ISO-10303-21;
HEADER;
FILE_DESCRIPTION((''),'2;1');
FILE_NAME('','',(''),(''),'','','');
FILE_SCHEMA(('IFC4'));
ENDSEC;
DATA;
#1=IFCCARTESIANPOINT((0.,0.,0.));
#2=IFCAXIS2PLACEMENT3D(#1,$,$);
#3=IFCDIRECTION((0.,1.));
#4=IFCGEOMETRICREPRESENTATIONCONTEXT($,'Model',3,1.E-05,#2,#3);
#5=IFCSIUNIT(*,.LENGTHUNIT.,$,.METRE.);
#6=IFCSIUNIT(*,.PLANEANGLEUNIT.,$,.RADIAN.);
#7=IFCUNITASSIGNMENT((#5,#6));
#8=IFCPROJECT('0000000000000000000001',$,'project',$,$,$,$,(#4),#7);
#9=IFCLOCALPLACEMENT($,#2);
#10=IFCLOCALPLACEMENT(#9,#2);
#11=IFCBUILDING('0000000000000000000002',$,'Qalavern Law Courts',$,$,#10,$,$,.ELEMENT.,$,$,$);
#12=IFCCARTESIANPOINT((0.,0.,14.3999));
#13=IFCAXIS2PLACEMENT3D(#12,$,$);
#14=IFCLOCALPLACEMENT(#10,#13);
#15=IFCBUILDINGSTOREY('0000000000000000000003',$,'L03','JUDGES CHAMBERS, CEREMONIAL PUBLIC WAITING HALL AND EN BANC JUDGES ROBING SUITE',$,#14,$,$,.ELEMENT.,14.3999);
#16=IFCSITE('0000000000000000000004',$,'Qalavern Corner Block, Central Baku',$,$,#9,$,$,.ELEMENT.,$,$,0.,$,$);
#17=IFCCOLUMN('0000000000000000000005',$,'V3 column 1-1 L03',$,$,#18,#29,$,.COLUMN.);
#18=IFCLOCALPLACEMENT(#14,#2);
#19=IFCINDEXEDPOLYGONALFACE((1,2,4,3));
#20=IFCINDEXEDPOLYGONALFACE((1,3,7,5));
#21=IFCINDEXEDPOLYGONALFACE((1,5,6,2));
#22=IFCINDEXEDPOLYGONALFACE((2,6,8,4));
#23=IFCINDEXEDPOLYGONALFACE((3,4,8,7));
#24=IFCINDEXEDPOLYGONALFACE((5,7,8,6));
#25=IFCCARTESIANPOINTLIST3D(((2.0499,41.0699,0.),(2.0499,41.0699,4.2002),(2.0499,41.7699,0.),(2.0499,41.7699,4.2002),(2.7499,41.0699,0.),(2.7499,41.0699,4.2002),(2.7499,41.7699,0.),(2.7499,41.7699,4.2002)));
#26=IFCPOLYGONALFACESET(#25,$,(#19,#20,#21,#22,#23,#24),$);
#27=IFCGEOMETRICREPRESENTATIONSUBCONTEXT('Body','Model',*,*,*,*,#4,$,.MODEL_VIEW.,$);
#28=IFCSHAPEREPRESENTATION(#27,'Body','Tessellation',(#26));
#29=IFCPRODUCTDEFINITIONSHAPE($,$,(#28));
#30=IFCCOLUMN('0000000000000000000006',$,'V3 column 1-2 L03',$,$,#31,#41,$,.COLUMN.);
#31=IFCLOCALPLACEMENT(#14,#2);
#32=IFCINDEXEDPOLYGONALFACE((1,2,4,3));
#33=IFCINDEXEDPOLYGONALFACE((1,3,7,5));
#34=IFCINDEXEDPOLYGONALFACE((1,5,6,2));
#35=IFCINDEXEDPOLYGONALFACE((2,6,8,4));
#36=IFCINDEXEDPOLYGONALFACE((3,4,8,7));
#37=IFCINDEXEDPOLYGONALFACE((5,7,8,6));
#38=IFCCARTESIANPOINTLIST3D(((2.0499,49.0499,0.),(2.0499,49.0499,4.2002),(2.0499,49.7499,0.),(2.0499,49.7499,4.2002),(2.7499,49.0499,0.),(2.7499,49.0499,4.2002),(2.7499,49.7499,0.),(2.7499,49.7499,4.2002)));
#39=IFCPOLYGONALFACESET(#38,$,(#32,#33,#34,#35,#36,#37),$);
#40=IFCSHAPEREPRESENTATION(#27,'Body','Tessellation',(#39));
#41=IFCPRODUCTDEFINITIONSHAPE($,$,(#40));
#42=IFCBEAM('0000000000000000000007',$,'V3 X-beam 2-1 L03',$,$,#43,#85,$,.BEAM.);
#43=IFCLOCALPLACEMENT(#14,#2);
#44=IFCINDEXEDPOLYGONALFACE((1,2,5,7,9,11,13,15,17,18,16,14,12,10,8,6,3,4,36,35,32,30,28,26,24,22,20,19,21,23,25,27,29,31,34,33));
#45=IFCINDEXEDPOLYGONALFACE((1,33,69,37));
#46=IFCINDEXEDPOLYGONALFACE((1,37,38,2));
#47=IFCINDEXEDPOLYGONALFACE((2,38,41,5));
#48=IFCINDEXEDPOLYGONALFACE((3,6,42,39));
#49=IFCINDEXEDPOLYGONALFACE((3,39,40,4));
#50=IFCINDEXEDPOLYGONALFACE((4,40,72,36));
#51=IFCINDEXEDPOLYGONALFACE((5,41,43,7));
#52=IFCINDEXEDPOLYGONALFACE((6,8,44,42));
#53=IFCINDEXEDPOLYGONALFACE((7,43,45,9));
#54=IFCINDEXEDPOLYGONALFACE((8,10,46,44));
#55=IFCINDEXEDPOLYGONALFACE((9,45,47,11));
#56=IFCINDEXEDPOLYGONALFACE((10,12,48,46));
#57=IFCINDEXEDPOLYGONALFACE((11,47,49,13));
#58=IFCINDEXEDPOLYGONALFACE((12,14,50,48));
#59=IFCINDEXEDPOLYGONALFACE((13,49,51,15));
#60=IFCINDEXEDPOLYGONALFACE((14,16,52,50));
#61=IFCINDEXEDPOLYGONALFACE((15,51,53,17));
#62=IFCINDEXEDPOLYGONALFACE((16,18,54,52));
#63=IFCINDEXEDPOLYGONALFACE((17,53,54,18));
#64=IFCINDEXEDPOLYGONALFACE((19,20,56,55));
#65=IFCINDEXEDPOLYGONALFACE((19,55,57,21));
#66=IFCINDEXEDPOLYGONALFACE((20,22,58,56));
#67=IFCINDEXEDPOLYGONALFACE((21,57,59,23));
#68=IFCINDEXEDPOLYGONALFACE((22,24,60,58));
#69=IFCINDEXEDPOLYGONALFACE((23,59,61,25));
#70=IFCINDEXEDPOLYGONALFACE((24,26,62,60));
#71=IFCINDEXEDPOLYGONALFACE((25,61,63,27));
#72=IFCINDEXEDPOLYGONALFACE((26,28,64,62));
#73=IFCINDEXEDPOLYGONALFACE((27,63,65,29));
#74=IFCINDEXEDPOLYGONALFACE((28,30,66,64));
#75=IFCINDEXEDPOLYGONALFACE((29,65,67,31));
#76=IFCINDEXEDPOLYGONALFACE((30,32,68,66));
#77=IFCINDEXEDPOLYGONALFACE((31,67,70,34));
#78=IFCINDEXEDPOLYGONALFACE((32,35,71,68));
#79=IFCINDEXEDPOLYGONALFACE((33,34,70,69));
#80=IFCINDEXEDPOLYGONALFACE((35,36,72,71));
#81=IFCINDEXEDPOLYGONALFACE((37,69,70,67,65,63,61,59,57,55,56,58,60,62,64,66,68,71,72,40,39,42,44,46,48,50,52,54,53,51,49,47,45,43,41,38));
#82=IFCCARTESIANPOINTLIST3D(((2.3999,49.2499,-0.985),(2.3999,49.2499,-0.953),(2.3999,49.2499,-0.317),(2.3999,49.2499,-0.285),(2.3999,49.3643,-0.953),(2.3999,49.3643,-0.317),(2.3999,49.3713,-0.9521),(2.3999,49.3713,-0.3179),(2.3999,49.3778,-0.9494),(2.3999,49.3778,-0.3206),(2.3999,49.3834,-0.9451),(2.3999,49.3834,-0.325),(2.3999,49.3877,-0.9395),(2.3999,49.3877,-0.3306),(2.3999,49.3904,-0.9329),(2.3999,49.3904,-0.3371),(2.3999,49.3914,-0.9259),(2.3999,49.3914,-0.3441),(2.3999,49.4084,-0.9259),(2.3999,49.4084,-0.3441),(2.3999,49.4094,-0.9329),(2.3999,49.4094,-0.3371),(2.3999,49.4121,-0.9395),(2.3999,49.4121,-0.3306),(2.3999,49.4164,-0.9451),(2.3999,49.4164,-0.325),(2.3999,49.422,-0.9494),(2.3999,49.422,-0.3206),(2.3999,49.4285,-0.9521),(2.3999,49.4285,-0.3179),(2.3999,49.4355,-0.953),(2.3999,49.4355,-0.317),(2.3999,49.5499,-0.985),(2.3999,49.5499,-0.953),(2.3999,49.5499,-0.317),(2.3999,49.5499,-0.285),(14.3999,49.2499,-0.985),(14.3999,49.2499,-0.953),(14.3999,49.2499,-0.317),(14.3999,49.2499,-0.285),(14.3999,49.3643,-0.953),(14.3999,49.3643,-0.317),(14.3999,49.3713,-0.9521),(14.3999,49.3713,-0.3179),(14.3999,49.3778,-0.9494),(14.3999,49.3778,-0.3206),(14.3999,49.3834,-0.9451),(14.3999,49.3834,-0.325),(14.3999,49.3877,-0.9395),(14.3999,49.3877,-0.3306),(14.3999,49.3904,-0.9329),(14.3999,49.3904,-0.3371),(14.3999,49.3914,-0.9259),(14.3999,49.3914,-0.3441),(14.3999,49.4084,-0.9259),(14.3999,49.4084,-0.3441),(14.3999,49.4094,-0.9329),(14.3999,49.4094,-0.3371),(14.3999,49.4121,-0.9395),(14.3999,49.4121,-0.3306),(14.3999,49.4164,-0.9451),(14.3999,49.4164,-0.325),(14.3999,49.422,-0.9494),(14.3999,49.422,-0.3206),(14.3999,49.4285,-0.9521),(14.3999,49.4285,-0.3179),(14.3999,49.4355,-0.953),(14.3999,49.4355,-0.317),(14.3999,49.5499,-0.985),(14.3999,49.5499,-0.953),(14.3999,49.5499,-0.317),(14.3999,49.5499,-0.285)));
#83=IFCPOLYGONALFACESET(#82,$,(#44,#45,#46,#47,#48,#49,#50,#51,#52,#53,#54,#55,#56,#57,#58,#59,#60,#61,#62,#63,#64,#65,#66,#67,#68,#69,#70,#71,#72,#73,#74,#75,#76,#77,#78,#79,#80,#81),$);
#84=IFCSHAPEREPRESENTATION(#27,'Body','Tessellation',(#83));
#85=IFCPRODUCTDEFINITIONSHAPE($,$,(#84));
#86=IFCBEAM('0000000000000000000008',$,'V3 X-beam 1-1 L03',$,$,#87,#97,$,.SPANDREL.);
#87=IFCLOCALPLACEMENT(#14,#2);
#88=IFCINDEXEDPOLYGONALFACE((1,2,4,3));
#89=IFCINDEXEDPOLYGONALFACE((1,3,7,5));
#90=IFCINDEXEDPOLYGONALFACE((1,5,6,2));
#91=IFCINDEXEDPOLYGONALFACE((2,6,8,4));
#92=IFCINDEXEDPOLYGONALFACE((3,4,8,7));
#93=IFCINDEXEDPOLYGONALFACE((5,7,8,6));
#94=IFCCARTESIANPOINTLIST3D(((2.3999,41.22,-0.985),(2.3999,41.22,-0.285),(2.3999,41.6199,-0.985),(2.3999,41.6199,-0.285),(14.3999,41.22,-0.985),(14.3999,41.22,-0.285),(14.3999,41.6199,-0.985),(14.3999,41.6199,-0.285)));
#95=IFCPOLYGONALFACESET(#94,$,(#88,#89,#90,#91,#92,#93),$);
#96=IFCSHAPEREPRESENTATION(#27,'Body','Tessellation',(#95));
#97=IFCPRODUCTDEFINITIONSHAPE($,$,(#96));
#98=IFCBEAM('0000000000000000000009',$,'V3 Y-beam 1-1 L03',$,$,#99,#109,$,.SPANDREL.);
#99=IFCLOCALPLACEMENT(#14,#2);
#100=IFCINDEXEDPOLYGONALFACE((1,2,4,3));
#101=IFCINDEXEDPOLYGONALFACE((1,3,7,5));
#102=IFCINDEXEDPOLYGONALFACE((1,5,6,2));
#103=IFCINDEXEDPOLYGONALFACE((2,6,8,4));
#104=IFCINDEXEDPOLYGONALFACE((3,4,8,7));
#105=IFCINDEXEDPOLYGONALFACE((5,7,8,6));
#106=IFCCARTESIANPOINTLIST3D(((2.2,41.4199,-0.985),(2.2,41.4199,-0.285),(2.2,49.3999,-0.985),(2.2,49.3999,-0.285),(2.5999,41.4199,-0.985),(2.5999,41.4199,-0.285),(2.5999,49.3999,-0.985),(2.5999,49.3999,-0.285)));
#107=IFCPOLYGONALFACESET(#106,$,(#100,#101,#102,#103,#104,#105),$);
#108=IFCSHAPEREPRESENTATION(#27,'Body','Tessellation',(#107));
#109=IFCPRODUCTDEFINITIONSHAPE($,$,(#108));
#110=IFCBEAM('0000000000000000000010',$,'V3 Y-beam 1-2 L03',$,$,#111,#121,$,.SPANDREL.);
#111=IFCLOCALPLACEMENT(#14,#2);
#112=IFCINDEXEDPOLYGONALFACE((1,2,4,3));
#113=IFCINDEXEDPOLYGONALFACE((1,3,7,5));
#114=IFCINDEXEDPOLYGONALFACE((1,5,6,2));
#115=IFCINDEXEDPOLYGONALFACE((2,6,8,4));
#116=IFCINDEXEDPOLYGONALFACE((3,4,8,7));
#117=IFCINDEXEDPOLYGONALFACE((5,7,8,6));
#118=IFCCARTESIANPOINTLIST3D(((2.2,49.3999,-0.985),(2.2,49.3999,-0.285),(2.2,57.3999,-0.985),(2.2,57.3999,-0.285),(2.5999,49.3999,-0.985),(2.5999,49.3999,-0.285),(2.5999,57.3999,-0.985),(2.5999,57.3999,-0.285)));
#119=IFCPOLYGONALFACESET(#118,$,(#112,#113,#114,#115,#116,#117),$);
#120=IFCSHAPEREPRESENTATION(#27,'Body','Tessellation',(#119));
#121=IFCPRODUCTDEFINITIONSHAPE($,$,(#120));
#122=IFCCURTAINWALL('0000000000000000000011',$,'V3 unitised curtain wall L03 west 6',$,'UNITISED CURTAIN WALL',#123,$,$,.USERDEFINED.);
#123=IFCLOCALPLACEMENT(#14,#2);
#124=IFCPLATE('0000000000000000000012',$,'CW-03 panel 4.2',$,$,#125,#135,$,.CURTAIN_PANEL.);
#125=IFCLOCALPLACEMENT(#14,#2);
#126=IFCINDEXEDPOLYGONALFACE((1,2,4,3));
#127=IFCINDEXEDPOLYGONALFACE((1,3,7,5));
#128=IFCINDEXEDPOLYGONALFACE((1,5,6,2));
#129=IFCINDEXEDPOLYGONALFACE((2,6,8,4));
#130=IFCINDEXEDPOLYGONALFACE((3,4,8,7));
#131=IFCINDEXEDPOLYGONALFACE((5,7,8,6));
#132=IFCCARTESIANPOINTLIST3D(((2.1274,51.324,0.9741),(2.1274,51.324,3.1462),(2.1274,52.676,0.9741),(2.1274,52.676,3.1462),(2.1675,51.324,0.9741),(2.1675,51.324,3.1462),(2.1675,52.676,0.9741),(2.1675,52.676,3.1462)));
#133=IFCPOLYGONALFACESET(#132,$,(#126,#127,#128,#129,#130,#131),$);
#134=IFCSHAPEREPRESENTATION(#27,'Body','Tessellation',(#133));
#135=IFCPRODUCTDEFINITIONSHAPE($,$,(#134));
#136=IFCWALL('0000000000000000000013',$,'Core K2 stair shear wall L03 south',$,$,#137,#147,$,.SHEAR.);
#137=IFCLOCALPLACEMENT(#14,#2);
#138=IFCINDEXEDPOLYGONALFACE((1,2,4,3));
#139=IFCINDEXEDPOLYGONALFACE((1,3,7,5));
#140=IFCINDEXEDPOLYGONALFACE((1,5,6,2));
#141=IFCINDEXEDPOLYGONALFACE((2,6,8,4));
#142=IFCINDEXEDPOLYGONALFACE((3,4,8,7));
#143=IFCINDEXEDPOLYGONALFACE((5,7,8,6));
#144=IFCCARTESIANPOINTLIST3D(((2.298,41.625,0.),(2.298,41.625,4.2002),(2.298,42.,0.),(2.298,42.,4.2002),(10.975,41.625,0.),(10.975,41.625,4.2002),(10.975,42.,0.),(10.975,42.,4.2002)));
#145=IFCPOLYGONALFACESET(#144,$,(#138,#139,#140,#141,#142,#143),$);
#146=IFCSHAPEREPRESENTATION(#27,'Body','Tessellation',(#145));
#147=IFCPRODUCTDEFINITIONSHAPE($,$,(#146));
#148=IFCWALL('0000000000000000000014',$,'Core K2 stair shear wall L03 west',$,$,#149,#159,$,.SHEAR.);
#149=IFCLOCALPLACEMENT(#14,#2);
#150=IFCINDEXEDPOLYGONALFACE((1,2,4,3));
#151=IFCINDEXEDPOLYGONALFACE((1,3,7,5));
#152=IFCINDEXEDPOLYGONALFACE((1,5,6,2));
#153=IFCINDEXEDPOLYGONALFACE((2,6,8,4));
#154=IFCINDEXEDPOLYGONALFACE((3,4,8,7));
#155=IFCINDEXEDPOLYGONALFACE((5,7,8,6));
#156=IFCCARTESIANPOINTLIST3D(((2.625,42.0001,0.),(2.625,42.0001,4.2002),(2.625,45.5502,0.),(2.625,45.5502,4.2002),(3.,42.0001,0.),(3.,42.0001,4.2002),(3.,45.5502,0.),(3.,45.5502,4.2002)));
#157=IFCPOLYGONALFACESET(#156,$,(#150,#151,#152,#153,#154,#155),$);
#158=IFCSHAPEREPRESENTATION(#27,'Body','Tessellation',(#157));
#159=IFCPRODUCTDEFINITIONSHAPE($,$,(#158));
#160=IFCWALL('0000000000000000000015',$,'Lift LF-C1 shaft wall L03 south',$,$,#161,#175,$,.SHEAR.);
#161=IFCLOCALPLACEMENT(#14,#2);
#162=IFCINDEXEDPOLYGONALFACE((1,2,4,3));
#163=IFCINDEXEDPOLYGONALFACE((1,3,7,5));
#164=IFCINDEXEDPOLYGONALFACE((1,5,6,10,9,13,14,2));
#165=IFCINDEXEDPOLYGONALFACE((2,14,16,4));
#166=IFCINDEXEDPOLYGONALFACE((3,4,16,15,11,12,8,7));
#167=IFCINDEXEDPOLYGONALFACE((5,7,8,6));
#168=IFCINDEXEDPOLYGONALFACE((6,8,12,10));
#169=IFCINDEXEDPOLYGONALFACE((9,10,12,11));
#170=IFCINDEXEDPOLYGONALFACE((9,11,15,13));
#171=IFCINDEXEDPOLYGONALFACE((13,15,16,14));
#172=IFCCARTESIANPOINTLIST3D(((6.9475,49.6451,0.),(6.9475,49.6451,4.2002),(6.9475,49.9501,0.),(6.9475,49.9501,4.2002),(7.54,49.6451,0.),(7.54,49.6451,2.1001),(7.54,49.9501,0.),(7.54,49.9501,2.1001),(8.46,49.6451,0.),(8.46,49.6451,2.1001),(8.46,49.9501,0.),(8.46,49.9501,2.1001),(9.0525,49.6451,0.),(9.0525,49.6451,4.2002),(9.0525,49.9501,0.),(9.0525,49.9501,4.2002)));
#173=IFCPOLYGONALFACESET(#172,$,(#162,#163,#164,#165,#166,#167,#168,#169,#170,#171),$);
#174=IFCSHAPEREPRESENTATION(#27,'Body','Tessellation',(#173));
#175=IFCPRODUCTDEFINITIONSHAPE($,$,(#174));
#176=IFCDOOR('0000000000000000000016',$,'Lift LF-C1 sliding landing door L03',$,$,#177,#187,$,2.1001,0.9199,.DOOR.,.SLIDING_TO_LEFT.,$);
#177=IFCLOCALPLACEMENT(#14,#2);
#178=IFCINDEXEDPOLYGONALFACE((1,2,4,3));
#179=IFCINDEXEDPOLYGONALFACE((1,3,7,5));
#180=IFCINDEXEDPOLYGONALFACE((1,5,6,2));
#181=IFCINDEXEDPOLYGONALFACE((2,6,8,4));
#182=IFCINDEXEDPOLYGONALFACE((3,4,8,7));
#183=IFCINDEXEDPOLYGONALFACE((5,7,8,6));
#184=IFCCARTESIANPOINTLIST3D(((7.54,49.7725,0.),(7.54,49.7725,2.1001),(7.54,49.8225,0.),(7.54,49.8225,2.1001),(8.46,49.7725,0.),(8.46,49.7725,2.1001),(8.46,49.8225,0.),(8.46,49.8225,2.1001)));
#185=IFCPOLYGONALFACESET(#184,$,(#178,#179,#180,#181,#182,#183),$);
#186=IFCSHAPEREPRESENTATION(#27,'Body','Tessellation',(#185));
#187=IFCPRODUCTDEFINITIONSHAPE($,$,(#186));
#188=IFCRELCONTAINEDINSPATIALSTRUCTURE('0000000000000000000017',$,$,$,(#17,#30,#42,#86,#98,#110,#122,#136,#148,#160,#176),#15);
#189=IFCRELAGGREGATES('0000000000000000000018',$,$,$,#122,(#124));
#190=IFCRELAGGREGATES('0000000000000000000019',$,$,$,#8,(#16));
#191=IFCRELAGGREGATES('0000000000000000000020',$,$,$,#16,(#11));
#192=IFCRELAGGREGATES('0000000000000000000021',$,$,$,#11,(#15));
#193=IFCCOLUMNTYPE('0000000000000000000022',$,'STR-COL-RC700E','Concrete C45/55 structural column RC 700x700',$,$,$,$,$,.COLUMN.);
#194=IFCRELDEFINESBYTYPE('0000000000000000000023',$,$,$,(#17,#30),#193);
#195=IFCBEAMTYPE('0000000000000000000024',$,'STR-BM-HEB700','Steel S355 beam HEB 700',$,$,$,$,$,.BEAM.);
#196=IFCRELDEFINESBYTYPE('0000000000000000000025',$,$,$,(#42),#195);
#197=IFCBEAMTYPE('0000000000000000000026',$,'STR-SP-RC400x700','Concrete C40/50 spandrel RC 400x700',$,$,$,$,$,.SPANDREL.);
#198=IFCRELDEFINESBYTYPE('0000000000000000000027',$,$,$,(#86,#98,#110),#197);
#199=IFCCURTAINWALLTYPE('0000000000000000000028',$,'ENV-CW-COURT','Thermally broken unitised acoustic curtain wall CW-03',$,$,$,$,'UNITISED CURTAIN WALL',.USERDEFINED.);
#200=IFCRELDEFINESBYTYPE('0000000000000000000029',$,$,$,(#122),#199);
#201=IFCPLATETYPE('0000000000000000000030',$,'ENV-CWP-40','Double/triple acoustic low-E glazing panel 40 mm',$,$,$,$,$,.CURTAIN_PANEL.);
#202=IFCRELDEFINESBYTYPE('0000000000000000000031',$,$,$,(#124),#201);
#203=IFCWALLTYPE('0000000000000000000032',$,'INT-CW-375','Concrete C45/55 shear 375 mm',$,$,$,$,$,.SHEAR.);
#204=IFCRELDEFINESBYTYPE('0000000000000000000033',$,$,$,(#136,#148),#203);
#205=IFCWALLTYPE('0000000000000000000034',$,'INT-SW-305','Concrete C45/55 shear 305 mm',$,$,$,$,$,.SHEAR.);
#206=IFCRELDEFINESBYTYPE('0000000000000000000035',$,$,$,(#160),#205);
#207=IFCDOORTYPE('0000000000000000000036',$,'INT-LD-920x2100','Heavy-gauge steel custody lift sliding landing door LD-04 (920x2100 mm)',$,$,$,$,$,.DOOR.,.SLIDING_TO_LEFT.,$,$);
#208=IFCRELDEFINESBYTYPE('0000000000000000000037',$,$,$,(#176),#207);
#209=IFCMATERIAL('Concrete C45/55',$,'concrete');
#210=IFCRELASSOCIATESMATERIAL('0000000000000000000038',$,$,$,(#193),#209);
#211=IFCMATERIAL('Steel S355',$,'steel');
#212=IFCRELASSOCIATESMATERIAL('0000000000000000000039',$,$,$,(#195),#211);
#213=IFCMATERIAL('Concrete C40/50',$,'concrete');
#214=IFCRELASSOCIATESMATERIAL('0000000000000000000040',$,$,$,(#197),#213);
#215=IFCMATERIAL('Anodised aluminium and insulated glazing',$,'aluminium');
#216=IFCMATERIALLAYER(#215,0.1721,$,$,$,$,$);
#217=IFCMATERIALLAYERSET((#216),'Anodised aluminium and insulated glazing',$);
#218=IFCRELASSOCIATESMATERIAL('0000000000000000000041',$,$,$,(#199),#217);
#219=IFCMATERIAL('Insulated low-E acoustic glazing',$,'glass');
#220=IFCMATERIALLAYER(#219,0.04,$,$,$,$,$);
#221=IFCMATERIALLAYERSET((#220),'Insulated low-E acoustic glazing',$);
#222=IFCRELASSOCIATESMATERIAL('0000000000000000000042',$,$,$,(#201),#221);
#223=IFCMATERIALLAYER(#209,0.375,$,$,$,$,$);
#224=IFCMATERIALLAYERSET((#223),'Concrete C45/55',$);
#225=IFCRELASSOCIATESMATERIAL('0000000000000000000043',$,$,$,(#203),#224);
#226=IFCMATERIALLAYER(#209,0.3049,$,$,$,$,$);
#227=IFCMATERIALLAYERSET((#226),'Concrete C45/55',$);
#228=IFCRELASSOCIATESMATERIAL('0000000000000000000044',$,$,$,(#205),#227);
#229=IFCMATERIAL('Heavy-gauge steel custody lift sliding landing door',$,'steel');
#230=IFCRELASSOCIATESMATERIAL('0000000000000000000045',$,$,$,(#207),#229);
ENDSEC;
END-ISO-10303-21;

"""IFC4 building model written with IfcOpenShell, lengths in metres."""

from ifc_helpers import new_model, si_unit, direction, frame, frame_2d, origin, origin_2d, place, context, subcontext, project, spatial, rectangle, i_section, extrude, material, layer, layer_set, material_profile, profile_set, type_object, element, fill, aggregate, save


model = new_model("IFC4")

# Units and contexts
model_context = context("Model", 3, precision=1e-05, world=origin(), true_north=direction((0.0, 1.0)))
body_context = subcontext(model_context, "Body", "Model", "MODEL_VIEW")
ifc_project = project(units=[si_unit("LENGTHUNIT", "METRE"), si_unit("PLANEANGLEUNIT", "RADIAN")], contexts=[model_context])

# Site, building, storey
site_placement = place(None, origin())
site = spatial("IfcSite", under=ifc_project, at=site_placement, Name="Qalavern Corner Block, Central Baku", CompositionType="ELEMENT", RefElevation=0.0)
building_placement = place(site_placement, origin())
building = spatial("IfcBuilding", under=site, at=building_placement, Name="Qalavern Law Courts", CompositionType="ELEMENT")
storey_placement = place(building_placement, frame((0.0, 0.0, 14.3999)))
storey = spatial("IfcBuildingStorey", under=building, at=storey_placement, Name="L03", Description="JUDGES CHAMBERS, CEREMONIAL PUBLIC WAITING HALL AND EN BANC JUDGES ROBING SUITE", CompositionType="ELEMENT", Elevation=14.3999)

# Columns
ifc_material_1 = material(Name="Concrete C45/55", Category="concrete")
ifc_material_profile_1 = material_profile(ifc_material_1, rectangle(XDim=0.7, YDim=0.7, at=origin_2d()), Name="RC 700x700")
ifc_profile_set_1 = profile_set([ifc_material_profile_1], Name="Concrete C45/55")
column_type = type_object("IfcColumnType", Name="STR-COL-RC700E", Description="Concrete C45/55 structural column RC 700x700", PredefinedType="COLUMN", material=ifc_profile_set_1)
for number, where, z_axis, x_axis, name in (
    (1, (2.3999, 41.4199, 0.0), (0.0, 0.0, 1.0), (1.0, 0.0, 0.0), "V3 column 1-1 L03"),
    (2, (2.3999, 49.3999, 0.0), (0.0, 0.0, 1.0), (1.0, 0.0, 0.0), "V3 column 1-2 L03"),
):
    element("IfcColumn", number, at=place(storey_placement, frame(where, z_axis=z_axis, x_axis=x_axis)), inside=storey, type_object=column_type, Name=name, PredefinedType="COLUMN", context=body_context, shape_type="SweptSolid", body=[
        extrude(rectangle(XDim=0.7, YDim=0.7, at=origin_2d()), origin(), (0.0, 0.0, 1.0), 4.2002),
    ])

# Beams
ifc_material_2 = material(Name="Steel S355", Category="steel")
ifc_material_profile_2 = material_profile(ifc_material_2, i_section(OverallWidth=0.3, OverallDepth=0.7, WebThickness=0.0171, FlangeThickness=0.032, FilletRadius=0.0271, at=origin_2d()), Name="HEB 700")
ifc_profile_set_2 = profile_set([ifc_material_profile_2], Name="Steel S355")
beam_type_1 = type_object("IfcBeamType", Name="STR-BM-HEB700", Description="Steel S355 beam HEB 700", PredefinedType="BEAM", material=ifc_profile_set_2)
beam_1_placement = place(storey_placement, frame((2.3999, 49.3999, -0.635), z_axis=(1.0, 0.0, 0.0), x_axis=(0.0, 1.0, 0.0)))
element("IfcBeam", 3, at=beam_1_placement, inside=storey, type_object=beam_type_1, Name="V3 X-beam 2-1 L03", PredefinedType="BEAM", context=body_context, shape_type="SweptSolid", body=[
    extrude(i_section(OverallWidth=0.3, OverallDepth=0.7, WebThickness=0.0171, FlangeThickness=0.032, FilletRadius=0.0271, at=origin_2d()), origin(), (0.0, 0.0, 1.0), 12.0),
])
ifc_material_3 = material(Name="Concrete C40/50", Category="concrete")
ifc_material_profile_3 = material_profile(ifc_material_3, rectangle(XDim=0.3999, YDim=0.7, at=origin_2d()), Name="RC 400x700")
ifc_profile_set_3 = profile_set([ifc_material_profile_3], Name="Concrete C40/50")
beam_type_2 = type_object("IfcBeamType", Name="STR-SP-RC400x700", Description="Concrete C40/50 spandrel RC 400x700", PredefinedType="SPANDREL", material=ifc_profile_set_3)
beam_2_placement = place(storey_placement, frame((2.3999, 41.4199, -0.635), z_axis=(1.0, 0.0, 0.0), x_axis=(0.0, 1.0, 0.0)))
element("IfcBeam", 4, at=beam_2_placement, inside=storey, type_object=beam_type_2, Name="V3 X-beam 1-1 L03", PredefinedType="SPANDREL", context=body_context, shape_type="SweptSolid", body=[
    extrude(rectangle(XDim=0.3999, YDim=0.7, at=origin_2d()), origin(), (0.0, 0.0, 1.0), 12.0),
])
beam_3_placement = place(storey_placement, frame((2.3999, 41.4199, -0.635), z_axis=(0.0, 1.0, 0.0), x_axis=(-1.0, 0.0, 0.0)))
element("IfcBeam", 5, at=beam_3_placement, inside=storey, type_object=beam_type_2, Name="V3 Y-beam 1-1 L03", PredefinedType="SPANDREL", context=body_context, shape_type="SweptSolid", body=[
    extrude(rectangle(XDim=0.3999, YDim=0.7, at=origin_2d()), origin(), (0.0, 0.0, 1.0), 7.98),
])
beam_4_placement = place(storey_placement, frame((2.3999, 49.3999, -0.635), z_axis=(0.0, 1.0, 0.0), x_axis=(-1.0, 0.0, 0.0)))
element("IfcBeam", 6, at=beam_4_placement, inside=storey, type_object=beam_type_2, Name="V3 Y-beam 1-2 L03", PredefinedType="SPANDREL", context=body_context, shape_type="SweptSolid", body=[
    extrude(rectangle(XDim=0.3999, YDim=0.7, at=origin_2d()), origin(), (0.0, 0.0, 1.0), 8.0),
])

# Curtain wall, plate
ifc_material_4 = material(Name="Anodised aluminium and insulated glazing", Category="aluminium")
ifc_layer_1 = layer(ifc_material_4, 0.1721)
ifc_layer_set_1 = layer_set([ifc_layer_1], Name="Anodised aluminium and insulated glazing")
curtain_wall_type = type_object("IfcCurtainWallType", Name="ENV-CW-COURT", Description="Thermally broken unitised acoustic curtain wall CW-03", ElementType="UNITISED CURTAIN WALL", PredefinedType="USERDEFINED", material=ifc_layer_set_1)
curtain_wall_placement = place(storey_placement, origin())
curtain_wall = element("IfcCurtainWall", 7, at=curtain_wall_placement, inside=storey, type_object=curtain_wall_type, Name="V3 unitised curtain wall L03 west 6", ObjectType="UNITISED CURTAIN WALL", PredefinedType="USERDEFINED")
ifc_material_5 = material(Name="Insulated low-E acoustic glazing", Category="glass")
ifc_layer_2 = layer(ifc_material_5, 0.04)
ifc_layer_set_2 = layer_set([ifc_layer_2], Name="Insulated low-E acoustic glazing")
plate_type = type_object("IfcPlateType", Name="ENV-CWP-40", Description="Double/triple acoustic low-E glazing panel 40 mm", PredefinedType="CURTAIN_PANEL", material=ifc_layer_set_2)
plate_placement = place(storey_placement, frame((2.1475, 52.0, 0.9741), z_axis=(0.0, 0.0, 1.0), x_axis=(0.0, -1.0, 0.0)))
plate = element("IfcPlate", 8, at=plate_placement, type_object=plate_type, Name="CW-03 panel 4.2", PredefinedType="CURTAIN_PANEL", context=body_context, shape_type="SweptSolid", body=[
    extrude(rectangle(XDim=1.3521, YDim=0.04, at=origin_2d()), origin(), (0.0, 0.0, 1.0), 2.1721),
])
aggregate(curtain_wall, [plate])

# Walls
ifc_layer_3 = layer(ifc_material_1, 0.375)
ifc_layer_set_3 = layer_set([ifc_layer_3], Name="Concrete C45/55")
wall_type_1 = type_object("IfcWallType", Name="INT-CW-375", Description="Concrete C45/55 shear 375 mm", PredefinedType="SHEAR", material=ifc_layer_set_3)
wall_1_placement = place(storey_placement, frame((2.2981, 41.8125, 0.0), z_axis=(0.0, 0.0, 1.0), x_axis=(1.0, 0.0, 0.0)))
element("IfcWall", 9, at=wall_1_placement, inside=storey, type_object=wall_type_1, Name="Core K2 stair shear wall L03 south", PredefinedType="SHEAR", context=body_context, shape_type="SweptSolid", body=[
    extrude(rectangle(XDim=8.677, YDim=0.375, at=frame_2d((4.3384, 0.0))), origin(), (0.0, 0.0, 1.0), 4.2002),
])
wall_2_placement = place(storey_placement, frame((2.8125, 45.55, 0.0), z_axis=(0.0, 0.0, 1.0), x_axis=(0.0, -1.0, 0.0)))
element("IfcWall", 10, at=wall_2_placement, inside=storey, type_object=wall_type_1, Name="Core K2 stair shear wall L03 west", PredefinedType="SHEAR", context=body_context, shape_type="SweptSolid", body=[
    extrude(rectangle(XDim=3.55, YDim=0.375, at=frame_2d((1.7749, 0.0))), origin(), (0.0, 0.0, 1.0), 4.2002),
])

# Wall, opening, door
ifc_layer_4 = layer(ifc_material_1, 0.3049)
ifc_layer_set_4 = layer_set([ifc_layer_4], Name="Concrete C45/55")
wall_type_2 = type_object("IfcWallType", Name="INT-SW-305", Description="Concrete C45/55 shear 305 mm", PredefinedType="SHEAR", material=ifc_layer_set_4)
wall_3_placement = place(storey_placement, frame((6.9475, 49.7976, 0.0), z_axis=(0.0, 0.0, 1.0), x_axis=(1.0, 0.0, 0.0)))
wall_3 = element("IfcWall", 11, at=wall_3_placement, inside=storey, type_object=wall_type_2, Name="Lift LF-C1 shaft wall L03 south", PredefinedType="SHEAR", context=body_context, shape_type="SweptSolid", body=[
    extrude(rectangle(XDim=2.105, YDim=0.3049, at=frame_2d((1.0525, 0.0))), origin(), (0.0, 0.0, 1.0), 4.2002),
])
opening_placement = place(wall_3_placement, frame((0.5925, 0.0, 0.0)))
opening = element("IfcOpeningElement", 12, at=opening_placement, cuts=wall_3, PredefinedType="OPENING", context=body_context, shape_type="SweptSolid", body=[
    extrude(rectangle(XDim=0.9199, YDim=2.1001, at=frame_2d((0.46, 1.05))), frame((0.0, 0.1675, 0.0), z_axis=(0.0, -1.0, 0.0), x_axis=(1.0, 0.0, 0.0)), (0.0, 0.0, 1.0), 0.3347),
])
ifc_material_6 = material(Name="Heavy-gauge steel custody lift sliding landing door", Category="steel")
door_type = type_object("IfcDoorType", Name="INT-LD-920x2100", Description="Heavy-gauge steel custody lift sliding landing door LD-04 (920x2100 mm)", OperationType="SLIDING_TO_LEFT", PredefinedType="DOOR", material=ifc_material_6)
door_placement = place(opening_placement, origin())
door = element("IfcDoor", 13, at=door_placement, inside=storey, type_object=door_type, Name="Lift LF-C1 sliding landing door L03", OperationType="SLIDING_TO_LEFT", OverallHeight=2.1001, OverallWidth=0.9199, PredefinedType="DOOR", context=body_context, shape_type="SweptSolid", body=[
    extrude(rectangle(XDim=0.9199, YDim=2.1001, at=frame_2d((0.46, 1.05))), frame((0.0, 0.0249, 0.0), z_axis=(0.0, -1.0, 0.0), x_axis=(1.0, 0.0, 0.0)), (0.0, 0.0, 1.0), 0.05),
])
fill(opening, door)

save(model, "model.ifc")
